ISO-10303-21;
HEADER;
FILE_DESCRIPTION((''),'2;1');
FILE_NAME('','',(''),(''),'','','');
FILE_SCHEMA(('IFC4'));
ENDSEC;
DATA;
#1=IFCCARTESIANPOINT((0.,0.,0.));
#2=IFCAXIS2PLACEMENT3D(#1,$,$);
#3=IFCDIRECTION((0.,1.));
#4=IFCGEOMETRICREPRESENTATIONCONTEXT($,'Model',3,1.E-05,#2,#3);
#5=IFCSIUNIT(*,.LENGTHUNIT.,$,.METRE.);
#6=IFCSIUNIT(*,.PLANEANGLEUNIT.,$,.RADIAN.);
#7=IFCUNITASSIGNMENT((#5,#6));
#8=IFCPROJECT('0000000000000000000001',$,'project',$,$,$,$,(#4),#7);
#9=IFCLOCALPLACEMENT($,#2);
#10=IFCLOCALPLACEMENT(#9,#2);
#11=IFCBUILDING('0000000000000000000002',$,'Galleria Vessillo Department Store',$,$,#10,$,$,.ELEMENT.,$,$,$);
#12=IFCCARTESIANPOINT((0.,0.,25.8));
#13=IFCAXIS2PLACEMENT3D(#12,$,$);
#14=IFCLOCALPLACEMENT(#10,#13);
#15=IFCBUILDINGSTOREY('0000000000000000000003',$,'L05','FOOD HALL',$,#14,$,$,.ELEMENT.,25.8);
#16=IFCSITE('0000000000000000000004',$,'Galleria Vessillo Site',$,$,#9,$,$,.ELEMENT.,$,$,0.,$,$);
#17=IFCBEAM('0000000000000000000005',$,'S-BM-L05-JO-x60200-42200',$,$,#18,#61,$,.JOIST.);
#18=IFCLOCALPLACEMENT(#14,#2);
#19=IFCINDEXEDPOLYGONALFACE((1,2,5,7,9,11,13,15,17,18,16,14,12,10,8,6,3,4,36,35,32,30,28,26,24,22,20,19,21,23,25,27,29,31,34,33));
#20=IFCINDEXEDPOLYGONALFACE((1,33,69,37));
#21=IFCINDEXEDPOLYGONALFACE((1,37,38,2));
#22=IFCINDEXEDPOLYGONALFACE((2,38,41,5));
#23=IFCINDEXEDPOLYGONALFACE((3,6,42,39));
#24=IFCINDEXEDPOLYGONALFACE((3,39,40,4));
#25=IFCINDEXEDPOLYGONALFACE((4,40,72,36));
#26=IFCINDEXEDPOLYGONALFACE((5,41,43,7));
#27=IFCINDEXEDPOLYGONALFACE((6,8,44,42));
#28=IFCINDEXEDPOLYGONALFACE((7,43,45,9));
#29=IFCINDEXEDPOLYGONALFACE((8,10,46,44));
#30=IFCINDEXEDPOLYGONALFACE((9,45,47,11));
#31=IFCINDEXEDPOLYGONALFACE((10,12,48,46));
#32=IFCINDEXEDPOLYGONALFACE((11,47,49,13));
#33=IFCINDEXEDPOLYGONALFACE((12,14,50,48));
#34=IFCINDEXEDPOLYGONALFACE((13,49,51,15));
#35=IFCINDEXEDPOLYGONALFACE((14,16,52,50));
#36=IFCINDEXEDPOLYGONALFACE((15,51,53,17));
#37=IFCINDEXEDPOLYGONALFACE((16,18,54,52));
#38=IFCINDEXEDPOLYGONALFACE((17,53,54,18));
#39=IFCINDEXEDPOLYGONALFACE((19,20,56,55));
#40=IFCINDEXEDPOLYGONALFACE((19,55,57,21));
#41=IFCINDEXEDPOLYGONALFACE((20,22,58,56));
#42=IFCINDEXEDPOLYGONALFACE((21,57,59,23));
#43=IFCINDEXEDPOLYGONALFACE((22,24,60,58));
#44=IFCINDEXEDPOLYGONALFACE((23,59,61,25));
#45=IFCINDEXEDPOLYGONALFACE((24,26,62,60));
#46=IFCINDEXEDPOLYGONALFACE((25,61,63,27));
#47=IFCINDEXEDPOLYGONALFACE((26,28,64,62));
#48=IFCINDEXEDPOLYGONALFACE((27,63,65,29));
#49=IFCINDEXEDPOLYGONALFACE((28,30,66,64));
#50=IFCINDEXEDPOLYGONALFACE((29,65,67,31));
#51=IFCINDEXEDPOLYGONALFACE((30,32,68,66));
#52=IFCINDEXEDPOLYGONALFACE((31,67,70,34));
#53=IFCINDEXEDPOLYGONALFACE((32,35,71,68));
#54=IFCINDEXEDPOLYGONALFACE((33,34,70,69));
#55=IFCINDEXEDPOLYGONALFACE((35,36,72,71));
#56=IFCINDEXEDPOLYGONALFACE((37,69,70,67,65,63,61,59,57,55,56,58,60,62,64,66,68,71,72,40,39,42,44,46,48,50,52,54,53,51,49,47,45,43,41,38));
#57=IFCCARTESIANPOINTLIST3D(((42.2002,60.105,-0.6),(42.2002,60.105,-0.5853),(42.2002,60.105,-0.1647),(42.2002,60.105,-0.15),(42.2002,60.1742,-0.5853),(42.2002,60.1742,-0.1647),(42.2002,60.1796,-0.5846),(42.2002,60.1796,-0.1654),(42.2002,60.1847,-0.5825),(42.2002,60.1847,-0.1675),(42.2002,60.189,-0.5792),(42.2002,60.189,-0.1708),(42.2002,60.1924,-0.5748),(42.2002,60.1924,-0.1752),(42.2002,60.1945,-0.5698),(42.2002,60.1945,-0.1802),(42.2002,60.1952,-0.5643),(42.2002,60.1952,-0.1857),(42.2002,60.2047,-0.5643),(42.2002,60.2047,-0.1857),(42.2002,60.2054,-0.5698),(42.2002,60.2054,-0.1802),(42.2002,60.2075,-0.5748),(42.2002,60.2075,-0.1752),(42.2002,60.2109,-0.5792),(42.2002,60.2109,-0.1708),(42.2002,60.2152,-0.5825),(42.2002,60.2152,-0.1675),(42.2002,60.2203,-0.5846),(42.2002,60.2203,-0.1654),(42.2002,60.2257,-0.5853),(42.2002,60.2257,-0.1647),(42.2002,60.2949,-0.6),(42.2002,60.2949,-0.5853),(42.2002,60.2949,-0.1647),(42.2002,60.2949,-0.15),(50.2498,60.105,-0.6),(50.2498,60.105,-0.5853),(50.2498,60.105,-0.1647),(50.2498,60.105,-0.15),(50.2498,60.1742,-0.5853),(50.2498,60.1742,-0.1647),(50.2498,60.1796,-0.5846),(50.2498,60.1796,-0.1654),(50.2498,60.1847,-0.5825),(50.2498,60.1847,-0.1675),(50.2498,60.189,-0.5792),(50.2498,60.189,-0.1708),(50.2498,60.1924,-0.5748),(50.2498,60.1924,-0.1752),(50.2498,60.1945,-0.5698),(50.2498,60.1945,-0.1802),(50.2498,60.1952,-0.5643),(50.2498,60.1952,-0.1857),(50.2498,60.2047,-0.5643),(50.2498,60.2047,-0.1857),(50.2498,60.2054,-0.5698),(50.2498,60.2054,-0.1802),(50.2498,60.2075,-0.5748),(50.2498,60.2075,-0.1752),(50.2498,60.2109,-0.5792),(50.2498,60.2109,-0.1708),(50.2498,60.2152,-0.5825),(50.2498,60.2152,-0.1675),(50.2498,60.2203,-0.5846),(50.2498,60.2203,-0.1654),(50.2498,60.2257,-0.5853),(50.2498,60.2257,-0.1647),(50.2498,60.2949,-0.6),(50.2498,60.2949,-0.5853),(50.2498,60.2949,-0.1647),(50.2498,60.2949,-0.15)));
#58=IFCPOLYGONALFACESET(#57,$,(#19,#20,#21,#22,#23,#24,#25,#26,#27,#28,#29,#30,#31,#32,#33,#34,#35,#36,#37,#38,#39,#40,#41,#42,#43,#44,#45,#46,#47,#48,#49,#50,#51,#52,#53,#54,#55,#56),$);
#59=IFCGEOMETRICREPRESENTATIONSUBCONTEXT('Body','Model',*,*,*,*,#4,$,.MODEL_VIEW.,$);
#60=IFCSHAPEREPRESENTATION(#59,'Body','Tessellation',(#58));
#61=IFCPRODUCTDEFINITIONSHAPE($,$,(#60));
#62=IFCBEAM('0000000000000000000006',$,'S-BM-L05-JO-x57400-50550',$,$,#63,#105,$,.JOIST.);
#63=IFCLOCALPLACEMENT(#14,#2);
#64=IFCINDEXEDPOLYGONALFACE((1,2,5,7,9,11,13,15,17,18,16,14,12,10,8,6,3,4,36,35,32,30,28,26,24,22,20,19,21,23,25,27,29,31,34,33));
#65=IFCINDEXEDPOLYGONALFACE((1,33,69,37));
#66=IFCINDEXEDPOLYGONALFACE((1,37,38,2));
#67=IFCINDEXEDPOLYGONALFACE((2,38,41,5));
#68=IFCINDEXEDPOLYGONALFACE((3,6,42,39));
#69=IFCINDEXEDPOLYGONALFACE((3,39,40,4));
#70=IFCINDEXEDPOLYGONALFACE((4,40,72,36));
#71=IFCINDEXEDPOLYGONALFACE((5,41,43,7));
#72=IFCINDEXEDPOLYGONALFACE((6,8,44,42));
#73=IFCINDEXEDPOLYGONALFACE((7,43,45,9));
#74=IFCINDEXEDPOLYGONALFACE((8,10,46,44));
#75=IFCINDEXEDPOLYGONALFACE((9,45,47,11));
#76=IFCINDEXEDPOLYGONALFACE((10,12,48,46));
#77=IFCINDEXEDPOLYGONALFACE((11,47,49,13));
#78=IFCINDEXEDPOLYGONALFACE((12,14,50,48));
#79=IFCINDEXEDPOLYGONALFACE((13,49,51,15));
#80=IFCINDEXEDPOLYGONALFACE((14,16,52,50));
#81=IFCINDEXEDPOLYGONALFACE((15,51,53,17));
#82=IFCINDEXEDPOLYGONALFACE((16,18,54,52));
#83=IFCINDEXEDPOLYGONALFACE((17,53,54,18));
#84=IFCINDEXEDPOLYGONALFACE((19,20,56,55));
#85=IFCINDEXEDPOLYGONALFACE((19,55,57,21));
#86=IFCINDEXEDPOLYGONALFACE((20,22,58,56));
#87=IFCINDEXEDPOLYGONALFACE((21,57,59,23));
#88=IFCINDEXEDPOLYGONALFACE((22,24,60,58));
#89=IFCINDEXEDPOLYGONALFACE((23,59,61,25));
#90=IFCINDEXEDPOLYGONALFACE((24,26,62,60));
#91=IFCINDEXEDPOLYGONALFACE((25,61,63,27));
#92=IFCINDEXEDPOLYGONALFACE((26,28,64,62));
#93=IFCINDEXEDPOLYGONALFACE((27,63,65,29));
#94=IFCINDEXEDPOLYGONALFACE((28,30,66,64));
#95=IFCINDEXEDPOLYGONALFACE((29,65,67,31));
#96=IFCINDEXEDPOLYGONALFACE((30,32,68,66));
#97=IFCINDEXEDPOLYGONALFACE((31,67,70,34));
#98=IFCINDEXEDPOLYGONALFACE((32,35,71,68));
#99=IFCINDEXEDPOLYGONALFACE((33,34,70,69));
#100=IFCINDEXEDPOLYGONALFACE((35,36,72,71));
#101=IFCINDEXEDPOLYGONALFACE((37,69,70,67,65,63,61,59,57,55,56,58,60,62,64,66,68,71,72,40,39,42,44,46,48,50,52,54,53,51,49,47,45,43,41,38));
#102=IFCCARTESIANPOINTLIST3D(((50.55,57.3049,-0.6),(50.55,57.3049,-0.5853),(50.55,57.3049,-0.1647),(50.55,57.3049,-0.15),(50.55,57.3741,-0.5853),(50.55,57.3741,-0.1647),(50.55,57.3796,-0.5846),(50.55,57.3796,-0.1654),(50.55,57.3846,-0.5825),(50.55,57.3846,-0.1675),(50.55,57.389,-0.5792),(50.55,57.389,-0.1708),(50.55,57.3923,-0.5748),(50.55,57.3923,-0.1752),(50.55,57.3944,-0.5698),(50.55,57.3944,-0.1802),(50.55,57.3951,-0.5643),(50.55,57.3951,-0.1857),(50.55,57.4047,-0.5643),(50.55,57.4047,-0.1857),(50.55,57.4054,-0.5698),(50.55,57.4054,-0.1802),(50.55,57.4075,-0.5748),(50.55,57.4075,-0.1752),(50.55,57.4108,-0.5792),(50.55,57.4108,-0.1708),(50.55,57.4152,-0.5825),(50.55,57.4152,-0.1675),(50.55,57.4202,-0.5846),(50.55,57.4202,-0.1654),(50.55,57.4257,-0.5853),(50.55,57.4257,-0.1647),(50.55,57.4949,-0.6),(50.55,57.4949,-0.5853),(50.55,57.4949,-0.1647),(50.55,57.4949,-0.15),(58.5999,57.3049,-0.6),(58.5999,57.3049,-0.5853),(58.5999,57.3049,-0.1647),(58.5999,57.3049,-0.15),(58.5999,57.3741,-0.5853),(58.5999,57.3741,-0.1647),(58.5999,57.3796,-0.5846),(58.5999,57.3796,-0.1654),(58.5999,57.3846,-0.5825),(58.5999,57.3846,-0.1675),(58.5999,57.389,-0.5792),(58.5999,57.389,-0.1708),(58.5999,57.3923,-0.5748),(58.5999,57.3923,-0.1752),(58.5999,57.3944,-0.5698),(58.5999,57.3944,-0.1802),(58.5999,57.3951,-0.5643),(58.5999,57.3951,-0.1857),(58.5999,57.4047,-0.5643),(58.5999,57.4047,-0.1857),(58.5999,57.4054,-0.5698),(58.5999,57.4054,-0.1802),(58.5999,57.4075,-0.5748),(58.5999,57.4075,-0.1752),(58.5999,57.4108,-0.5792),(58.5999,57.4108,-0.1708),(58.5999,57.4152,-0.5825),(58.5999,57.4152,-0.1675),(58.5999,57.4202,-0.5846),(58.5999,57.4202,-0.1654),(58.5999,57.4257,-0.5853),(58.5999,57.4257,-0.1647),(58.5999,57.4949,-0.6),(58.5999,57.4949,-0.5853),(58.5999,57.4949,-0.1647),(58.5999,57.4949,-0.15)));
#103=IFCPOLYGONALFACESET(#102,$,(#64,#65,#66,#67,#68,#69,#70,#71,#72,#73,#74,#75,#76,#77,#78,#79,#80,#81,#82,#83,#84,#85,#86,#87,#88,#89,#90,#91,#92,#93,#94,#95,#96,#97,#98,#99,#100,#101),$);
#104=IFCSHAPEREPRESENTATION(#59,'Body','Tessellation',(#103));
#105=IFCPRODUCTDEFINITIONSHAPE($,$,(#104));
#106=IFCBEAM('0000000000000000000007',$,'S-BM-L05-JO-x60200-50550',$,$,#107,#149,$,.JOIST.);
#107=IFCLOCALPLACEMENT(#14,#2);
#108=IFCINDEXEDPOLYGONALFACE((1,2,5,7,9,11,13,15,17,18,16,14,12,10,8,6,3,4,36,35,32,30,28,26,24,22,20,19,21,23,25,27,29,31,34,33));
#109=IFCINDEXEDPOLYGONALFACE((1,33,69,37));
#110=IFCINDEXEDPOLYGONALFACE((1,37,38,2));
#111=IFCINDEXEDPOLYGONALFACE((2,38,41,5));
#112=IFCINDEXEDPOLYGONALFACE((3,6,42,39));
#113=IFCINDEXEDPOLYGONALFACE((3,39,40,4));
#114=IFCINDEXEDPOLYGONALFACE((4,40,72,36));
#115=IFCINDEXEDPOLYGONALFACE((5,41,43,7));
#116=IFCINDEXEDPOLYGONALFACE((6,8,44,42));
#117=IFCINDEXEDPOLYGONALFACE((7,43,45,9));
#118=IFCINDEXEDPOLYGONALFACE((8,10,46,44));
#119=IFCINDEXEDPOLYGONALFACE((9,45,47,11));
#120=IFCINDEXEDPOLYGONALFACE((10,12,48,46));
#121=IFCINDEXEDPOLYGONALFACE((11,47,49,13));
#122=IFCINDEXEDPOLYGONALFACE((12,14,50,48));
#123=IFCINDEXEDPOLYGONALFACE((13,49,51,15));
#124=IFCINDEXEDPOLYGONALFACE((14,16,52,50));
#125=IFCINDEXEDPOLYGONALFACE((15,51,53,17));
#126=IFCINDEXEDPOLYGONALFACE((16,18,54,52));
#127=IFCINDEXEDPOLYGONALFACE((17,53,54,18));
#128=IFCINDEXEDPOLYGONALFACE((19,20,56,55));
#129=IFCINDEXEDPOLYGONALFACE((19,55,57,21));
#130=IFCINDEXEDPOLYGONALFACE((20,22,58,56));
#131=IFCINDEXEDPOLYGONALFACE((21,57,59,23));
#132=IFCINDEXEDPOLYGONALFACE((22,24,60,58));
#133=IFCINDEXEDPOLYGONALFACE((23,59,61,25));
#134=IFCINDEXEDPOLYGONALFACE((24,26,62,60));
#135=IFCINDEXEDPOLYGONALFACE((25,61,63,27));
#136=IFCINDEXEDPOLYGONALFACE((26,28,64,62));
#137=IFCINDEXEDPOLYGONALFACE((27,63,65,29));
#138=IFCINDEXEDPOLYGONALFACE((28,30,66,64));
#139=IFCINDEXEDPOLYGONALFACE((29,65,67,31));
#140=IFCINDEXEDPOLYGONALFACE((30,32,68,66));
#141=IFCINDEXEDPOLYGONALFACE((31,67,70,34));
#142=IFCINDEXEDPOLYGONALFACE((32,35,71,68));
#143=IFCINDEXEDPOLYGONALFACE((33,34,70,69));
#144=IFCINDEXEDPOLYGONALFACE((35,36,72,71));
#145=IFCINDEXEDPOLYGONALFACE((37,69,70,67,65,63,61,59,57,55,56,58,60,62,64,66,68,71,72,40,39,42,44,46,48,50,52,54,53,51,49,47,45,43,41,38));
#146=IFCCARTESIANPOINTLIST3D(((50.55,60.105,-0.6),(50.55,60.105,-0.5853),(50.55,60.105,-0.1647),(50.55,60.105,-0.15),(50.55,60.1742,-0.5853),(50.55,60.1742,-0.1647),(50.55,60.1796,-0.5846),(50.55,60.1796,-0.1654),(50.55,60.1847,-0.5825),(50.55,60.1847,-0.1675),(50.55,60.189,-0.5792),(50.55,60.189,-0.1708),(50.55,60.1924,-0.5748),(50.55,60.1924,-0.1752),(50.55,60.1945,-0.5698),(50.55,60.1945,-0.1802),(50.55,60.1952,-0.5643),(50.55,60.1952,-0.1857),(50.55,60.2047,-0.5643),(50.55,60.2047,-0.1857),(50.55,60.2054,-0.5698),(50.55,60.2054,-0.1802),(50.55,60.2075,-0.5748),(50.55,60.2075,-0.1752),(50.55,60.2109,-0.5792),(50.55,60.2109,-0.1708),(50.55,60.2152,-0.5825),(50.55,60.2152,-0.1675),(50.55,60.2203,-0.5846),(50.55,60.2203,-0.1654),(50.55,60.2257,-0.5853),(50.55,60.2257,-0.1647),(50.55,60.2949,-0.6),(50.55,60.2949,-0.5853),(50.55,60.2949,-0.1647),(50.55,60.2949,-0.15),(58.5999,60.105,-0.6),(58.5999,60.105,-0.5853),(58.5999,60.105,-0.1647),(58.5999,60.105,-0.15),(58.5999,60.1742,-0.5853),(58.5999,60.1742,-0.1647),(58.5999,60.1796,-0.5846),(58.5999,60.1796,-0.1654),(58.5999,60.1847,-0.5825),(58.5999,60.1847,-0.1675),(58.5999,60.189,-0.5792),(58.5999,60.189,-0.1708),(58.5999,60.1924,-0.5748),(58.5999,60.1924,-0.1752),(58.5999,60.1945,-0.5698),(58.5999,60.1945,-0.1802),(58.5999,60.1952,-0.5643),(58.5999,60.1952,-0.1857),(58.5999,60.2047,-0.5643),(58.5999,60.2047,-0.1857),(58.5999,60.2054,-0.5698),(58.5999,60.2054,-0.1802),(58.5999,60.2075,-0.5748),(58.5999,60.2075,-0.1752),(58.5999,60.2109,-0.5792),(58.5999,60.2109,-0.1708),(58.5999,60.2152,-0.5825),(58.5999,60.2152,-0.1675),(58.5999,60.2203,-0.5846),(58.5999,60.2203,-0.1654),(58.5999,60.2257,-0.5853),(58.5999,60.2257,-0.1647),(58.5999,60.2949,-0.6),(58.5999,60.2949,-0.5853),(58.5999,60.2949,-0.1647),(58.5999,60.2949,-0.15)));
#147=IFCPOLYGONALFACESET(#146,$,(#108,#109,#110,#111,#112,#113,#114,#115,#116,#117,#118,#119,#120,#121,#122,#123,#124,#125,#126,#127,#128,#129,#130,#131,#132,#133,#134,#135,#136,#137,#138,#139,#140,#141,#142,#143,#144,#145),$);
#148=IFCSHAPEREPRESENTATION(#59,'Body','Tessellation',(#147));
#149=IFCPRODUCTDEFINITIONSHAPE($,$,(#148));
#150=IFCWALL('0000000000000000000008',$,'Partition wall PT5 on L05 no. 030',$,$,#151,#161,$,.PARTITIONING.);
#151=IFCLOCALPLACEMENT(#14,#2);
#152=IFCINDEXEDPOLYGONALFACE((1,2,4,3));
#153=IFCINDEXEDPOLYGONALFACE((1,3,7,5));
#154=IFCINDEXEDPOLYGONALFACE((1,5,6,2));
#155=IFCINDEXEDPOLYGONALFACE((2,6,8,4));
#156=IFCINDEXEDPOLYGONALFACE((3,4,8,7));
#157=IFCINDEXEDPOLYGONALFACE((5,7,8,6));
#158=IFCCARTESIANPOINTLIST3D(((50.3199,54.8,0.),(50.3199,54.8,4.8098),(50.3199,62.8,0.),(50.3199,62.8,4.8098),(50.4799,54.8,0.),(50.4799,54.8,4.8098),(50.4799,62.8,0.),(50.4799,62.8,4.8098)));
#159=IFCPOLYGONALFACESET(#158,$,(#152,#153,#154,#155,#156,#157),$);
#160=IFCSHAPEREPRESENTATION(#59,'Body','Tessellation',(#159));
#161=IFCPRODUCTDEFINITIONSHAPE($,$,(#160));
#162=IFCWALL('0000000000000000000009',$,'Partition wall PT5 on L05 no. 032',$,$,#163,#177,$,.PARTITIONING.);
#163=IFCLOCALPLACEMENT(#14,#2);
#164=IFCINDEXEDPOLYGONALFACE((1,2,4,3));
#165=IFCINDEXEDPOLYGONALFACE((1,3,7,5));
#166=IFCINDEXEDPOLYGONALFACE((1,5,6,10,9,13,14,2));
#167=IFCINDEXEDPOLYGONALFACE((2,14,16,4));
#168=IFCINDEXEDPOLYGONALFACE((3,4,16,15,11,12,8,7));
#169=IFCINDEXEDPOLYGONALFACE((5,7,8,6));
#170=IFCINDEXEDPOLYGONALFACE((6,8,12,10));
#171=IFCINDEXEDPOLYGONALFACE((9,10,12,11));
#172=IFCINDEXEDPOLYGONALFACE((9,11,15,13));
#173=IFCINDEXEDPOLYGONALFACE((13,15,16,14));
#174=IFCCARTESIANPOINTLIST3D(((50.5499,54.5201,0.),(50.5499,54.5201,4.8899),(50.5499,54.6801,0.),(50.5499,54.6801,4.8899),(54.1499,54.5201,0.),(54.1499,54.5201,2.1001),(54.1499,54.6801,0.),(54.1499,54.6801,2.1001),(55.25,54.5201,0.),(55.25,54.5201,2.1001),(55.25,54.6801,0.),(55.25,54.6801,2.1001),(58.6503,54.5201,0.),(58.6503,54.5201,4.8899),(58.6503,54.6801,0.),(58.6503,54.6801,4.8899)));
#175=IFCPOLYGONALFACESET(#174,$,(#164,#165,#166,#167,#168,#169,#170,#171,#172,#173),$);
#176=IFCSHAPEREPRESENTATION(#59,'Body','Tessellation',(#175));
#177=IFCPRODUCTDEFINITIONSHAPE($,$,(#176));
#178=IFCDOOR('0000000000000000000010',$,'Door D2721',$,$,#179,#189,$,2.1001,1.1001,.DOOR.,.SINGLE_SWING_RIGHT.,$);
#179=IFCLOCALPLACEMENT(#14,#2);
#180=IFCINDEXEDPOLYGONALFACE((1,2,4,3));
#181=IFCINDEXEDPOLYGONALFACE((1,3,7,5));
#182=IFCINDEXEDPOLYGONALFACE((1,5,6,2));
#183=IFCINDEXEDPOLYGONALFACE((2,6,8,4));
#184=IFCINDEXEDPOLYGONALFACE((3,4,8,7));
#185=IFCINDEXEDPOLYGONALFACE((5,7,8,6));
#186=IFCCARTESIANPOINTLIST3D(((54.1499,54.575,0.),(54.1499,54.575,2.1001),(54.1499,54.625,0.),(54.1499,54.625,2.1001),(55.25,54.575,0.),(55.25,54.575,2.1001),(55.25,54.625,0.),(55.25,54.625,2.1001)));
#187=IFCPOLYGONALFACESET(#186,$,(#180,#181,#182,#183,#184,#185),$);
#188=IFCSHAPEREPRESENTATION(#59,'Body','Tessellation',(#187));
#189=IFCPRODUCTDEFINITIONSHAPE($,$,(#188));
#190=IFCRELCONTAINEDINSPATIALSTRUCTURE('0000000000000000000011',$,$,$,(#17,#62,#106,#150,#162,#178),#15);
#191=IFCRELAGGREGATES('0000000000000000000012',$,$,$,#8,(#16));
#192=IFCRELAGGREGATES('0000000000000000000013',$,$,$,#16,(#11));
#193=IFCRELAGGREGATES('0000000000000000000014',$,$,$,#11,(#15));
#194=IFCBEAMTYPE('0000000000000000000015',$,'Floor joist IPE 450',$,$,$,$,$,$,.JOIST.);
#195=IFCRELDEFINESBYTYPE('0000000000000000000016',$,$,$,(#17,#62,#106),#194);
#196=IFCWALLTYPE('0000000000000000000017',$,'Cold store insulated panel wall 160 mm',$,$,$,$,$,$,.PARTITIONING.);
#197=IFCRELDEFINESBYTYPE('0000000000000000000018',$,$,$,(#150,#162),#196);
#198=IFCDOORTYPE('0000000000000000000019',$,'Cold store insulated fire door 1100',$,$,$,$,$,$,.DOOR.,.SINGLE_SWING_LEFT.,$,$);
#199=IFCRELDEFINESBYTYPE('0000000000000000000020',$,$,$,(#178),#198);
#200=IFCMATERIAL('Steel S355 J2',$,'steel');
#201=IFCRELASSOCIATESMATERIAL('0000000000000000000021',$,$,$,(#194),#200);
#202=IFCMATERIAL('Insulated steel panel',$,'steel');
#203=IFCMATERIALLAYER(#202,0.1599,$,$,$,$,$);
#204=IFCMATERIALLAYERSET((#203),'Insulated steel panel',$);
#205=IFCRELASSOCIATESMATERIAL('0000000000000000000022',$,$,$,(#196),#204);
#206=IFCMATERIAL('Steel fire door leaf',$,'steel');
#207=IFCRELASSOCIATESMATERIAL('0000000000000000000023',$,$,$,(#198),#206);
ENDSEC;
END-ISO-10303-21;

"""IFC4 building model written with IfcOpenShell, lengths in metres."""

from ifc_helpers import new_model, si_unit, direction, frame, frame_2d, origin, origin_2d, place, context, subcontext, project, spatial, rectangle, i_section, extrude, material, layer, layer_set, material_profile, profile_set, type_object, element, fill, save


model = new_model("IFC4")

# Units and contexts
model_context = context("Model", 3, precision=1e-05, world=origin(), true_north=direction((0.0, 1.0)))
body_context = subcontext(model_context, "Body", "Model", "MODEL_VIEW")
ifc_project = project(units=[si_unit("LENGTHUNIT", "METRE"), si_unit("PLANEANGLEUNIT", "RADIAN")], contexts=[model_context])

# Site, building, storey
site_placement = place(None, origin())
site = spatial("IfcSite", under=ifc_project, at=site_placement, Name="Galleria Vessillo Site", CompositionType="ELEMENT", RefElevation=0.0)
building_placement = place(site_placement, origin())
building = spatial("IfcBuilding", under=site, at=building_placement, Name="Galleria Vessillo Department Store", CompositionType="ELEMENT")
storey_placement = place(building_placement, frame((0.0, 0.0, 25.8)))
storey = spatial("IfcBuildingStorey", under=building, at=storey_placement, Name="L05", Description="FOOD HALL", CompositionType="ELEMENT", Elevation=25.8)

# Beams
ifc_material_1 = material(Name="Steel S355 J2", Category="steel")
ifc_material_profile_1 = material_profile(ifc_material_1, i_section(OverallWidth=0.1899, OverallDepth=0.45, WebThickness=0.0095, FlangeThickness=0.0146, FilletRadius=0.021, at=origin_2d()), Name="IPE 450")
ifc_profile_set_1 = profile_set([ifc_material_profile_1], Name="Steel S355 J2")
beam_type_1 = type_object("IfcBeamType", Name="Floor joist IPE 450", PredefinedType="JOIST", material=ifc_profile_set_1)
for number, where, z_axis, x_axis, name in (
    (1, (42.2002, 60.2, -0.375), (1.0, 0.0, 0.0), (0.0, 1.0, 0.0), "S-BM-L05-JO-x60200-42200"),
):
    element("IfcBeam", number, at=place(storey_placement, frame(where, z_axis=z_axis, x_axis=x_axis)), inside=storey, type_object=beam_type_1, Name=name, PredefinedType="JOIST", context=body_context, shape_type="SweptSolid", body=[
        extrude(i_section(OverallWidth=0.1899, OverallDepth=0.45, WebThickness=0.0095, FlangeThickness=0.0146, FilletRadius=0.021, at=origin_2d()), origin(), (0.0, 0.0, 1.0), 8.0496),
    ])
for number, where, z_axis, x_axis, name in (
    (2, (50.55, 57.3999, -0.375), (1.0, 0.0, 0.0), (0.0, 1.0, 0.0), "S-BM-L05-JO-x57400-50550"),
    (3, (50.55, 60.2, -0.375), (1.0, 0.0, 0.0), (0.0, 1.0, 0.0), "S-BM-L05-JO-x60200-50550"),
):
    element("IfcBeam", number, at=place(storey_placement, frame(where, z_axis=z_axis, x_axis=x_axis)), inside=storey, type_object=beam_type_1, Name=name, PredefinedType="JOIST", context=body_context, shape_type="SweptSolid", body=[
        extrude(i_section(OverallWidth=0.1899, OverallDepth=0.45, WebThickness=0.0095, FlangeThickness=0.0146, FilletRadius=0.021, at=origin_2d()), origin(), (0.0, 0.0, 1.0), 8.0498),
    ])

# Wall
ifc_material_2 = material(Name="Insulated steel panel", Category="steel")
ifc_layer_1 = layer(ifc_material_2, 0.1599)
ifc_layer_set_1 = layer_set([ifc_layer_1], Name="Insulated steel panel")
wall_type_1 = type_object("IfcWallType", Name="Cold store insulated panel wall 160 mm", PredefinedType="PARTITIONING", material=ifc_layer_set_1)
wall_1_placement = place(storey_placement, frame((50.3999, 54.8, 0.0), z_axis=(0.0, 0.0, 1.0), x_axis=(0.0, 1.0, 0.0)))
element("IfcWall", 4, at=wall_1_placement, inside=storey, type_object=wall_type_1, Name="Partition wall PT5 on L05 no. 030", PredefinedType="PARTITIONING", context=body_context, shape_type="SweptSolid", body=[
    extrude(rectangle(XDim=8.0, YDim=0.1599, at=frame_2d((4.0, 0.0))), origin(), (0.0, 0.0, 1.0), 4.8098),
])

# Wall, opening, door
wall_2_placement = place(storey_placement, frame((50.5498, 54.6001, 0.0), z_axis=(0.0, 0.0, 1.0), x_axis=(1.0, 0.0, 0.0)))
wall_2 = element("IfcWall", 5, at=wall_2_placement, inside=storey, type_object=wall_type_1, Name="Partition wall PT5 on L05 no. 032", PredefinedType="PARTITIONING", context=body_context, shape_type="SweptSolid", body=[
    extrude(rectangle(XDim=8.1003, YDim=0.1599, at=frame_2d((4.0503, 0.0))), origin(), (0.0, 0.0, 1.0), 4.8899),
])
opening_1_placement = place(wall_2_placement, frame((3.6001, 0.0, 0.0)))
opening_1 = element("IfcOpeningElement", 6, at=opening_1_placement, cuts=wall_2, PredefinedType="OPENING", context=body_context, shape_type="SweptSolid", body=[
    extrude(rectangle(XDim=1.1001, YDim=2.1001, at=frame_2d((0.55, 1.05))), frame((0.0, 0.0898, 0.0), z_axis=(0.0, -1.0, 0.0), x_axis=(1.0, 0.0, 0.0)), (0.0, 0.0, 1.0), 0.1799),
])
ifc_material_3 = material(Name="Steel fire door leaf", Category="steel")
door_type_1 = type_object("IfcDoorType", Name="Cold store insulated fire door 1100", OperationType="SINGLE_SWING_LEFT", PredefinedType="DOOR", material=ifc_material_3)
door_1_placement = place(opening_1_placement, origin())
door_1 = element("IfcDoor", 7, at=door_1_placement, inside=storey, type_object=door_type_1, Name="Door D2721", OperationType="SINGLE_SWING_RIGHT", OverallHeight=2.1001, OverallWidth=1.1001, PredefinedType="DOOR", context=body_context, shape_type="SweptSolid", body=[
    extrude(rectangle(XDim=1.1001, YDim=2.1001, at=frame_2d((0.55, 1.05))), frame((0.0, 0.0249, 0.0), z_axis=(0.0, -1.0, 0.0), x_axis=(1.0, 0.0, 0.0)), (0.0, 0.0, 1.0), 0.05),
])
fill(opening_1, door_1)

save(model, "model.ifc")
